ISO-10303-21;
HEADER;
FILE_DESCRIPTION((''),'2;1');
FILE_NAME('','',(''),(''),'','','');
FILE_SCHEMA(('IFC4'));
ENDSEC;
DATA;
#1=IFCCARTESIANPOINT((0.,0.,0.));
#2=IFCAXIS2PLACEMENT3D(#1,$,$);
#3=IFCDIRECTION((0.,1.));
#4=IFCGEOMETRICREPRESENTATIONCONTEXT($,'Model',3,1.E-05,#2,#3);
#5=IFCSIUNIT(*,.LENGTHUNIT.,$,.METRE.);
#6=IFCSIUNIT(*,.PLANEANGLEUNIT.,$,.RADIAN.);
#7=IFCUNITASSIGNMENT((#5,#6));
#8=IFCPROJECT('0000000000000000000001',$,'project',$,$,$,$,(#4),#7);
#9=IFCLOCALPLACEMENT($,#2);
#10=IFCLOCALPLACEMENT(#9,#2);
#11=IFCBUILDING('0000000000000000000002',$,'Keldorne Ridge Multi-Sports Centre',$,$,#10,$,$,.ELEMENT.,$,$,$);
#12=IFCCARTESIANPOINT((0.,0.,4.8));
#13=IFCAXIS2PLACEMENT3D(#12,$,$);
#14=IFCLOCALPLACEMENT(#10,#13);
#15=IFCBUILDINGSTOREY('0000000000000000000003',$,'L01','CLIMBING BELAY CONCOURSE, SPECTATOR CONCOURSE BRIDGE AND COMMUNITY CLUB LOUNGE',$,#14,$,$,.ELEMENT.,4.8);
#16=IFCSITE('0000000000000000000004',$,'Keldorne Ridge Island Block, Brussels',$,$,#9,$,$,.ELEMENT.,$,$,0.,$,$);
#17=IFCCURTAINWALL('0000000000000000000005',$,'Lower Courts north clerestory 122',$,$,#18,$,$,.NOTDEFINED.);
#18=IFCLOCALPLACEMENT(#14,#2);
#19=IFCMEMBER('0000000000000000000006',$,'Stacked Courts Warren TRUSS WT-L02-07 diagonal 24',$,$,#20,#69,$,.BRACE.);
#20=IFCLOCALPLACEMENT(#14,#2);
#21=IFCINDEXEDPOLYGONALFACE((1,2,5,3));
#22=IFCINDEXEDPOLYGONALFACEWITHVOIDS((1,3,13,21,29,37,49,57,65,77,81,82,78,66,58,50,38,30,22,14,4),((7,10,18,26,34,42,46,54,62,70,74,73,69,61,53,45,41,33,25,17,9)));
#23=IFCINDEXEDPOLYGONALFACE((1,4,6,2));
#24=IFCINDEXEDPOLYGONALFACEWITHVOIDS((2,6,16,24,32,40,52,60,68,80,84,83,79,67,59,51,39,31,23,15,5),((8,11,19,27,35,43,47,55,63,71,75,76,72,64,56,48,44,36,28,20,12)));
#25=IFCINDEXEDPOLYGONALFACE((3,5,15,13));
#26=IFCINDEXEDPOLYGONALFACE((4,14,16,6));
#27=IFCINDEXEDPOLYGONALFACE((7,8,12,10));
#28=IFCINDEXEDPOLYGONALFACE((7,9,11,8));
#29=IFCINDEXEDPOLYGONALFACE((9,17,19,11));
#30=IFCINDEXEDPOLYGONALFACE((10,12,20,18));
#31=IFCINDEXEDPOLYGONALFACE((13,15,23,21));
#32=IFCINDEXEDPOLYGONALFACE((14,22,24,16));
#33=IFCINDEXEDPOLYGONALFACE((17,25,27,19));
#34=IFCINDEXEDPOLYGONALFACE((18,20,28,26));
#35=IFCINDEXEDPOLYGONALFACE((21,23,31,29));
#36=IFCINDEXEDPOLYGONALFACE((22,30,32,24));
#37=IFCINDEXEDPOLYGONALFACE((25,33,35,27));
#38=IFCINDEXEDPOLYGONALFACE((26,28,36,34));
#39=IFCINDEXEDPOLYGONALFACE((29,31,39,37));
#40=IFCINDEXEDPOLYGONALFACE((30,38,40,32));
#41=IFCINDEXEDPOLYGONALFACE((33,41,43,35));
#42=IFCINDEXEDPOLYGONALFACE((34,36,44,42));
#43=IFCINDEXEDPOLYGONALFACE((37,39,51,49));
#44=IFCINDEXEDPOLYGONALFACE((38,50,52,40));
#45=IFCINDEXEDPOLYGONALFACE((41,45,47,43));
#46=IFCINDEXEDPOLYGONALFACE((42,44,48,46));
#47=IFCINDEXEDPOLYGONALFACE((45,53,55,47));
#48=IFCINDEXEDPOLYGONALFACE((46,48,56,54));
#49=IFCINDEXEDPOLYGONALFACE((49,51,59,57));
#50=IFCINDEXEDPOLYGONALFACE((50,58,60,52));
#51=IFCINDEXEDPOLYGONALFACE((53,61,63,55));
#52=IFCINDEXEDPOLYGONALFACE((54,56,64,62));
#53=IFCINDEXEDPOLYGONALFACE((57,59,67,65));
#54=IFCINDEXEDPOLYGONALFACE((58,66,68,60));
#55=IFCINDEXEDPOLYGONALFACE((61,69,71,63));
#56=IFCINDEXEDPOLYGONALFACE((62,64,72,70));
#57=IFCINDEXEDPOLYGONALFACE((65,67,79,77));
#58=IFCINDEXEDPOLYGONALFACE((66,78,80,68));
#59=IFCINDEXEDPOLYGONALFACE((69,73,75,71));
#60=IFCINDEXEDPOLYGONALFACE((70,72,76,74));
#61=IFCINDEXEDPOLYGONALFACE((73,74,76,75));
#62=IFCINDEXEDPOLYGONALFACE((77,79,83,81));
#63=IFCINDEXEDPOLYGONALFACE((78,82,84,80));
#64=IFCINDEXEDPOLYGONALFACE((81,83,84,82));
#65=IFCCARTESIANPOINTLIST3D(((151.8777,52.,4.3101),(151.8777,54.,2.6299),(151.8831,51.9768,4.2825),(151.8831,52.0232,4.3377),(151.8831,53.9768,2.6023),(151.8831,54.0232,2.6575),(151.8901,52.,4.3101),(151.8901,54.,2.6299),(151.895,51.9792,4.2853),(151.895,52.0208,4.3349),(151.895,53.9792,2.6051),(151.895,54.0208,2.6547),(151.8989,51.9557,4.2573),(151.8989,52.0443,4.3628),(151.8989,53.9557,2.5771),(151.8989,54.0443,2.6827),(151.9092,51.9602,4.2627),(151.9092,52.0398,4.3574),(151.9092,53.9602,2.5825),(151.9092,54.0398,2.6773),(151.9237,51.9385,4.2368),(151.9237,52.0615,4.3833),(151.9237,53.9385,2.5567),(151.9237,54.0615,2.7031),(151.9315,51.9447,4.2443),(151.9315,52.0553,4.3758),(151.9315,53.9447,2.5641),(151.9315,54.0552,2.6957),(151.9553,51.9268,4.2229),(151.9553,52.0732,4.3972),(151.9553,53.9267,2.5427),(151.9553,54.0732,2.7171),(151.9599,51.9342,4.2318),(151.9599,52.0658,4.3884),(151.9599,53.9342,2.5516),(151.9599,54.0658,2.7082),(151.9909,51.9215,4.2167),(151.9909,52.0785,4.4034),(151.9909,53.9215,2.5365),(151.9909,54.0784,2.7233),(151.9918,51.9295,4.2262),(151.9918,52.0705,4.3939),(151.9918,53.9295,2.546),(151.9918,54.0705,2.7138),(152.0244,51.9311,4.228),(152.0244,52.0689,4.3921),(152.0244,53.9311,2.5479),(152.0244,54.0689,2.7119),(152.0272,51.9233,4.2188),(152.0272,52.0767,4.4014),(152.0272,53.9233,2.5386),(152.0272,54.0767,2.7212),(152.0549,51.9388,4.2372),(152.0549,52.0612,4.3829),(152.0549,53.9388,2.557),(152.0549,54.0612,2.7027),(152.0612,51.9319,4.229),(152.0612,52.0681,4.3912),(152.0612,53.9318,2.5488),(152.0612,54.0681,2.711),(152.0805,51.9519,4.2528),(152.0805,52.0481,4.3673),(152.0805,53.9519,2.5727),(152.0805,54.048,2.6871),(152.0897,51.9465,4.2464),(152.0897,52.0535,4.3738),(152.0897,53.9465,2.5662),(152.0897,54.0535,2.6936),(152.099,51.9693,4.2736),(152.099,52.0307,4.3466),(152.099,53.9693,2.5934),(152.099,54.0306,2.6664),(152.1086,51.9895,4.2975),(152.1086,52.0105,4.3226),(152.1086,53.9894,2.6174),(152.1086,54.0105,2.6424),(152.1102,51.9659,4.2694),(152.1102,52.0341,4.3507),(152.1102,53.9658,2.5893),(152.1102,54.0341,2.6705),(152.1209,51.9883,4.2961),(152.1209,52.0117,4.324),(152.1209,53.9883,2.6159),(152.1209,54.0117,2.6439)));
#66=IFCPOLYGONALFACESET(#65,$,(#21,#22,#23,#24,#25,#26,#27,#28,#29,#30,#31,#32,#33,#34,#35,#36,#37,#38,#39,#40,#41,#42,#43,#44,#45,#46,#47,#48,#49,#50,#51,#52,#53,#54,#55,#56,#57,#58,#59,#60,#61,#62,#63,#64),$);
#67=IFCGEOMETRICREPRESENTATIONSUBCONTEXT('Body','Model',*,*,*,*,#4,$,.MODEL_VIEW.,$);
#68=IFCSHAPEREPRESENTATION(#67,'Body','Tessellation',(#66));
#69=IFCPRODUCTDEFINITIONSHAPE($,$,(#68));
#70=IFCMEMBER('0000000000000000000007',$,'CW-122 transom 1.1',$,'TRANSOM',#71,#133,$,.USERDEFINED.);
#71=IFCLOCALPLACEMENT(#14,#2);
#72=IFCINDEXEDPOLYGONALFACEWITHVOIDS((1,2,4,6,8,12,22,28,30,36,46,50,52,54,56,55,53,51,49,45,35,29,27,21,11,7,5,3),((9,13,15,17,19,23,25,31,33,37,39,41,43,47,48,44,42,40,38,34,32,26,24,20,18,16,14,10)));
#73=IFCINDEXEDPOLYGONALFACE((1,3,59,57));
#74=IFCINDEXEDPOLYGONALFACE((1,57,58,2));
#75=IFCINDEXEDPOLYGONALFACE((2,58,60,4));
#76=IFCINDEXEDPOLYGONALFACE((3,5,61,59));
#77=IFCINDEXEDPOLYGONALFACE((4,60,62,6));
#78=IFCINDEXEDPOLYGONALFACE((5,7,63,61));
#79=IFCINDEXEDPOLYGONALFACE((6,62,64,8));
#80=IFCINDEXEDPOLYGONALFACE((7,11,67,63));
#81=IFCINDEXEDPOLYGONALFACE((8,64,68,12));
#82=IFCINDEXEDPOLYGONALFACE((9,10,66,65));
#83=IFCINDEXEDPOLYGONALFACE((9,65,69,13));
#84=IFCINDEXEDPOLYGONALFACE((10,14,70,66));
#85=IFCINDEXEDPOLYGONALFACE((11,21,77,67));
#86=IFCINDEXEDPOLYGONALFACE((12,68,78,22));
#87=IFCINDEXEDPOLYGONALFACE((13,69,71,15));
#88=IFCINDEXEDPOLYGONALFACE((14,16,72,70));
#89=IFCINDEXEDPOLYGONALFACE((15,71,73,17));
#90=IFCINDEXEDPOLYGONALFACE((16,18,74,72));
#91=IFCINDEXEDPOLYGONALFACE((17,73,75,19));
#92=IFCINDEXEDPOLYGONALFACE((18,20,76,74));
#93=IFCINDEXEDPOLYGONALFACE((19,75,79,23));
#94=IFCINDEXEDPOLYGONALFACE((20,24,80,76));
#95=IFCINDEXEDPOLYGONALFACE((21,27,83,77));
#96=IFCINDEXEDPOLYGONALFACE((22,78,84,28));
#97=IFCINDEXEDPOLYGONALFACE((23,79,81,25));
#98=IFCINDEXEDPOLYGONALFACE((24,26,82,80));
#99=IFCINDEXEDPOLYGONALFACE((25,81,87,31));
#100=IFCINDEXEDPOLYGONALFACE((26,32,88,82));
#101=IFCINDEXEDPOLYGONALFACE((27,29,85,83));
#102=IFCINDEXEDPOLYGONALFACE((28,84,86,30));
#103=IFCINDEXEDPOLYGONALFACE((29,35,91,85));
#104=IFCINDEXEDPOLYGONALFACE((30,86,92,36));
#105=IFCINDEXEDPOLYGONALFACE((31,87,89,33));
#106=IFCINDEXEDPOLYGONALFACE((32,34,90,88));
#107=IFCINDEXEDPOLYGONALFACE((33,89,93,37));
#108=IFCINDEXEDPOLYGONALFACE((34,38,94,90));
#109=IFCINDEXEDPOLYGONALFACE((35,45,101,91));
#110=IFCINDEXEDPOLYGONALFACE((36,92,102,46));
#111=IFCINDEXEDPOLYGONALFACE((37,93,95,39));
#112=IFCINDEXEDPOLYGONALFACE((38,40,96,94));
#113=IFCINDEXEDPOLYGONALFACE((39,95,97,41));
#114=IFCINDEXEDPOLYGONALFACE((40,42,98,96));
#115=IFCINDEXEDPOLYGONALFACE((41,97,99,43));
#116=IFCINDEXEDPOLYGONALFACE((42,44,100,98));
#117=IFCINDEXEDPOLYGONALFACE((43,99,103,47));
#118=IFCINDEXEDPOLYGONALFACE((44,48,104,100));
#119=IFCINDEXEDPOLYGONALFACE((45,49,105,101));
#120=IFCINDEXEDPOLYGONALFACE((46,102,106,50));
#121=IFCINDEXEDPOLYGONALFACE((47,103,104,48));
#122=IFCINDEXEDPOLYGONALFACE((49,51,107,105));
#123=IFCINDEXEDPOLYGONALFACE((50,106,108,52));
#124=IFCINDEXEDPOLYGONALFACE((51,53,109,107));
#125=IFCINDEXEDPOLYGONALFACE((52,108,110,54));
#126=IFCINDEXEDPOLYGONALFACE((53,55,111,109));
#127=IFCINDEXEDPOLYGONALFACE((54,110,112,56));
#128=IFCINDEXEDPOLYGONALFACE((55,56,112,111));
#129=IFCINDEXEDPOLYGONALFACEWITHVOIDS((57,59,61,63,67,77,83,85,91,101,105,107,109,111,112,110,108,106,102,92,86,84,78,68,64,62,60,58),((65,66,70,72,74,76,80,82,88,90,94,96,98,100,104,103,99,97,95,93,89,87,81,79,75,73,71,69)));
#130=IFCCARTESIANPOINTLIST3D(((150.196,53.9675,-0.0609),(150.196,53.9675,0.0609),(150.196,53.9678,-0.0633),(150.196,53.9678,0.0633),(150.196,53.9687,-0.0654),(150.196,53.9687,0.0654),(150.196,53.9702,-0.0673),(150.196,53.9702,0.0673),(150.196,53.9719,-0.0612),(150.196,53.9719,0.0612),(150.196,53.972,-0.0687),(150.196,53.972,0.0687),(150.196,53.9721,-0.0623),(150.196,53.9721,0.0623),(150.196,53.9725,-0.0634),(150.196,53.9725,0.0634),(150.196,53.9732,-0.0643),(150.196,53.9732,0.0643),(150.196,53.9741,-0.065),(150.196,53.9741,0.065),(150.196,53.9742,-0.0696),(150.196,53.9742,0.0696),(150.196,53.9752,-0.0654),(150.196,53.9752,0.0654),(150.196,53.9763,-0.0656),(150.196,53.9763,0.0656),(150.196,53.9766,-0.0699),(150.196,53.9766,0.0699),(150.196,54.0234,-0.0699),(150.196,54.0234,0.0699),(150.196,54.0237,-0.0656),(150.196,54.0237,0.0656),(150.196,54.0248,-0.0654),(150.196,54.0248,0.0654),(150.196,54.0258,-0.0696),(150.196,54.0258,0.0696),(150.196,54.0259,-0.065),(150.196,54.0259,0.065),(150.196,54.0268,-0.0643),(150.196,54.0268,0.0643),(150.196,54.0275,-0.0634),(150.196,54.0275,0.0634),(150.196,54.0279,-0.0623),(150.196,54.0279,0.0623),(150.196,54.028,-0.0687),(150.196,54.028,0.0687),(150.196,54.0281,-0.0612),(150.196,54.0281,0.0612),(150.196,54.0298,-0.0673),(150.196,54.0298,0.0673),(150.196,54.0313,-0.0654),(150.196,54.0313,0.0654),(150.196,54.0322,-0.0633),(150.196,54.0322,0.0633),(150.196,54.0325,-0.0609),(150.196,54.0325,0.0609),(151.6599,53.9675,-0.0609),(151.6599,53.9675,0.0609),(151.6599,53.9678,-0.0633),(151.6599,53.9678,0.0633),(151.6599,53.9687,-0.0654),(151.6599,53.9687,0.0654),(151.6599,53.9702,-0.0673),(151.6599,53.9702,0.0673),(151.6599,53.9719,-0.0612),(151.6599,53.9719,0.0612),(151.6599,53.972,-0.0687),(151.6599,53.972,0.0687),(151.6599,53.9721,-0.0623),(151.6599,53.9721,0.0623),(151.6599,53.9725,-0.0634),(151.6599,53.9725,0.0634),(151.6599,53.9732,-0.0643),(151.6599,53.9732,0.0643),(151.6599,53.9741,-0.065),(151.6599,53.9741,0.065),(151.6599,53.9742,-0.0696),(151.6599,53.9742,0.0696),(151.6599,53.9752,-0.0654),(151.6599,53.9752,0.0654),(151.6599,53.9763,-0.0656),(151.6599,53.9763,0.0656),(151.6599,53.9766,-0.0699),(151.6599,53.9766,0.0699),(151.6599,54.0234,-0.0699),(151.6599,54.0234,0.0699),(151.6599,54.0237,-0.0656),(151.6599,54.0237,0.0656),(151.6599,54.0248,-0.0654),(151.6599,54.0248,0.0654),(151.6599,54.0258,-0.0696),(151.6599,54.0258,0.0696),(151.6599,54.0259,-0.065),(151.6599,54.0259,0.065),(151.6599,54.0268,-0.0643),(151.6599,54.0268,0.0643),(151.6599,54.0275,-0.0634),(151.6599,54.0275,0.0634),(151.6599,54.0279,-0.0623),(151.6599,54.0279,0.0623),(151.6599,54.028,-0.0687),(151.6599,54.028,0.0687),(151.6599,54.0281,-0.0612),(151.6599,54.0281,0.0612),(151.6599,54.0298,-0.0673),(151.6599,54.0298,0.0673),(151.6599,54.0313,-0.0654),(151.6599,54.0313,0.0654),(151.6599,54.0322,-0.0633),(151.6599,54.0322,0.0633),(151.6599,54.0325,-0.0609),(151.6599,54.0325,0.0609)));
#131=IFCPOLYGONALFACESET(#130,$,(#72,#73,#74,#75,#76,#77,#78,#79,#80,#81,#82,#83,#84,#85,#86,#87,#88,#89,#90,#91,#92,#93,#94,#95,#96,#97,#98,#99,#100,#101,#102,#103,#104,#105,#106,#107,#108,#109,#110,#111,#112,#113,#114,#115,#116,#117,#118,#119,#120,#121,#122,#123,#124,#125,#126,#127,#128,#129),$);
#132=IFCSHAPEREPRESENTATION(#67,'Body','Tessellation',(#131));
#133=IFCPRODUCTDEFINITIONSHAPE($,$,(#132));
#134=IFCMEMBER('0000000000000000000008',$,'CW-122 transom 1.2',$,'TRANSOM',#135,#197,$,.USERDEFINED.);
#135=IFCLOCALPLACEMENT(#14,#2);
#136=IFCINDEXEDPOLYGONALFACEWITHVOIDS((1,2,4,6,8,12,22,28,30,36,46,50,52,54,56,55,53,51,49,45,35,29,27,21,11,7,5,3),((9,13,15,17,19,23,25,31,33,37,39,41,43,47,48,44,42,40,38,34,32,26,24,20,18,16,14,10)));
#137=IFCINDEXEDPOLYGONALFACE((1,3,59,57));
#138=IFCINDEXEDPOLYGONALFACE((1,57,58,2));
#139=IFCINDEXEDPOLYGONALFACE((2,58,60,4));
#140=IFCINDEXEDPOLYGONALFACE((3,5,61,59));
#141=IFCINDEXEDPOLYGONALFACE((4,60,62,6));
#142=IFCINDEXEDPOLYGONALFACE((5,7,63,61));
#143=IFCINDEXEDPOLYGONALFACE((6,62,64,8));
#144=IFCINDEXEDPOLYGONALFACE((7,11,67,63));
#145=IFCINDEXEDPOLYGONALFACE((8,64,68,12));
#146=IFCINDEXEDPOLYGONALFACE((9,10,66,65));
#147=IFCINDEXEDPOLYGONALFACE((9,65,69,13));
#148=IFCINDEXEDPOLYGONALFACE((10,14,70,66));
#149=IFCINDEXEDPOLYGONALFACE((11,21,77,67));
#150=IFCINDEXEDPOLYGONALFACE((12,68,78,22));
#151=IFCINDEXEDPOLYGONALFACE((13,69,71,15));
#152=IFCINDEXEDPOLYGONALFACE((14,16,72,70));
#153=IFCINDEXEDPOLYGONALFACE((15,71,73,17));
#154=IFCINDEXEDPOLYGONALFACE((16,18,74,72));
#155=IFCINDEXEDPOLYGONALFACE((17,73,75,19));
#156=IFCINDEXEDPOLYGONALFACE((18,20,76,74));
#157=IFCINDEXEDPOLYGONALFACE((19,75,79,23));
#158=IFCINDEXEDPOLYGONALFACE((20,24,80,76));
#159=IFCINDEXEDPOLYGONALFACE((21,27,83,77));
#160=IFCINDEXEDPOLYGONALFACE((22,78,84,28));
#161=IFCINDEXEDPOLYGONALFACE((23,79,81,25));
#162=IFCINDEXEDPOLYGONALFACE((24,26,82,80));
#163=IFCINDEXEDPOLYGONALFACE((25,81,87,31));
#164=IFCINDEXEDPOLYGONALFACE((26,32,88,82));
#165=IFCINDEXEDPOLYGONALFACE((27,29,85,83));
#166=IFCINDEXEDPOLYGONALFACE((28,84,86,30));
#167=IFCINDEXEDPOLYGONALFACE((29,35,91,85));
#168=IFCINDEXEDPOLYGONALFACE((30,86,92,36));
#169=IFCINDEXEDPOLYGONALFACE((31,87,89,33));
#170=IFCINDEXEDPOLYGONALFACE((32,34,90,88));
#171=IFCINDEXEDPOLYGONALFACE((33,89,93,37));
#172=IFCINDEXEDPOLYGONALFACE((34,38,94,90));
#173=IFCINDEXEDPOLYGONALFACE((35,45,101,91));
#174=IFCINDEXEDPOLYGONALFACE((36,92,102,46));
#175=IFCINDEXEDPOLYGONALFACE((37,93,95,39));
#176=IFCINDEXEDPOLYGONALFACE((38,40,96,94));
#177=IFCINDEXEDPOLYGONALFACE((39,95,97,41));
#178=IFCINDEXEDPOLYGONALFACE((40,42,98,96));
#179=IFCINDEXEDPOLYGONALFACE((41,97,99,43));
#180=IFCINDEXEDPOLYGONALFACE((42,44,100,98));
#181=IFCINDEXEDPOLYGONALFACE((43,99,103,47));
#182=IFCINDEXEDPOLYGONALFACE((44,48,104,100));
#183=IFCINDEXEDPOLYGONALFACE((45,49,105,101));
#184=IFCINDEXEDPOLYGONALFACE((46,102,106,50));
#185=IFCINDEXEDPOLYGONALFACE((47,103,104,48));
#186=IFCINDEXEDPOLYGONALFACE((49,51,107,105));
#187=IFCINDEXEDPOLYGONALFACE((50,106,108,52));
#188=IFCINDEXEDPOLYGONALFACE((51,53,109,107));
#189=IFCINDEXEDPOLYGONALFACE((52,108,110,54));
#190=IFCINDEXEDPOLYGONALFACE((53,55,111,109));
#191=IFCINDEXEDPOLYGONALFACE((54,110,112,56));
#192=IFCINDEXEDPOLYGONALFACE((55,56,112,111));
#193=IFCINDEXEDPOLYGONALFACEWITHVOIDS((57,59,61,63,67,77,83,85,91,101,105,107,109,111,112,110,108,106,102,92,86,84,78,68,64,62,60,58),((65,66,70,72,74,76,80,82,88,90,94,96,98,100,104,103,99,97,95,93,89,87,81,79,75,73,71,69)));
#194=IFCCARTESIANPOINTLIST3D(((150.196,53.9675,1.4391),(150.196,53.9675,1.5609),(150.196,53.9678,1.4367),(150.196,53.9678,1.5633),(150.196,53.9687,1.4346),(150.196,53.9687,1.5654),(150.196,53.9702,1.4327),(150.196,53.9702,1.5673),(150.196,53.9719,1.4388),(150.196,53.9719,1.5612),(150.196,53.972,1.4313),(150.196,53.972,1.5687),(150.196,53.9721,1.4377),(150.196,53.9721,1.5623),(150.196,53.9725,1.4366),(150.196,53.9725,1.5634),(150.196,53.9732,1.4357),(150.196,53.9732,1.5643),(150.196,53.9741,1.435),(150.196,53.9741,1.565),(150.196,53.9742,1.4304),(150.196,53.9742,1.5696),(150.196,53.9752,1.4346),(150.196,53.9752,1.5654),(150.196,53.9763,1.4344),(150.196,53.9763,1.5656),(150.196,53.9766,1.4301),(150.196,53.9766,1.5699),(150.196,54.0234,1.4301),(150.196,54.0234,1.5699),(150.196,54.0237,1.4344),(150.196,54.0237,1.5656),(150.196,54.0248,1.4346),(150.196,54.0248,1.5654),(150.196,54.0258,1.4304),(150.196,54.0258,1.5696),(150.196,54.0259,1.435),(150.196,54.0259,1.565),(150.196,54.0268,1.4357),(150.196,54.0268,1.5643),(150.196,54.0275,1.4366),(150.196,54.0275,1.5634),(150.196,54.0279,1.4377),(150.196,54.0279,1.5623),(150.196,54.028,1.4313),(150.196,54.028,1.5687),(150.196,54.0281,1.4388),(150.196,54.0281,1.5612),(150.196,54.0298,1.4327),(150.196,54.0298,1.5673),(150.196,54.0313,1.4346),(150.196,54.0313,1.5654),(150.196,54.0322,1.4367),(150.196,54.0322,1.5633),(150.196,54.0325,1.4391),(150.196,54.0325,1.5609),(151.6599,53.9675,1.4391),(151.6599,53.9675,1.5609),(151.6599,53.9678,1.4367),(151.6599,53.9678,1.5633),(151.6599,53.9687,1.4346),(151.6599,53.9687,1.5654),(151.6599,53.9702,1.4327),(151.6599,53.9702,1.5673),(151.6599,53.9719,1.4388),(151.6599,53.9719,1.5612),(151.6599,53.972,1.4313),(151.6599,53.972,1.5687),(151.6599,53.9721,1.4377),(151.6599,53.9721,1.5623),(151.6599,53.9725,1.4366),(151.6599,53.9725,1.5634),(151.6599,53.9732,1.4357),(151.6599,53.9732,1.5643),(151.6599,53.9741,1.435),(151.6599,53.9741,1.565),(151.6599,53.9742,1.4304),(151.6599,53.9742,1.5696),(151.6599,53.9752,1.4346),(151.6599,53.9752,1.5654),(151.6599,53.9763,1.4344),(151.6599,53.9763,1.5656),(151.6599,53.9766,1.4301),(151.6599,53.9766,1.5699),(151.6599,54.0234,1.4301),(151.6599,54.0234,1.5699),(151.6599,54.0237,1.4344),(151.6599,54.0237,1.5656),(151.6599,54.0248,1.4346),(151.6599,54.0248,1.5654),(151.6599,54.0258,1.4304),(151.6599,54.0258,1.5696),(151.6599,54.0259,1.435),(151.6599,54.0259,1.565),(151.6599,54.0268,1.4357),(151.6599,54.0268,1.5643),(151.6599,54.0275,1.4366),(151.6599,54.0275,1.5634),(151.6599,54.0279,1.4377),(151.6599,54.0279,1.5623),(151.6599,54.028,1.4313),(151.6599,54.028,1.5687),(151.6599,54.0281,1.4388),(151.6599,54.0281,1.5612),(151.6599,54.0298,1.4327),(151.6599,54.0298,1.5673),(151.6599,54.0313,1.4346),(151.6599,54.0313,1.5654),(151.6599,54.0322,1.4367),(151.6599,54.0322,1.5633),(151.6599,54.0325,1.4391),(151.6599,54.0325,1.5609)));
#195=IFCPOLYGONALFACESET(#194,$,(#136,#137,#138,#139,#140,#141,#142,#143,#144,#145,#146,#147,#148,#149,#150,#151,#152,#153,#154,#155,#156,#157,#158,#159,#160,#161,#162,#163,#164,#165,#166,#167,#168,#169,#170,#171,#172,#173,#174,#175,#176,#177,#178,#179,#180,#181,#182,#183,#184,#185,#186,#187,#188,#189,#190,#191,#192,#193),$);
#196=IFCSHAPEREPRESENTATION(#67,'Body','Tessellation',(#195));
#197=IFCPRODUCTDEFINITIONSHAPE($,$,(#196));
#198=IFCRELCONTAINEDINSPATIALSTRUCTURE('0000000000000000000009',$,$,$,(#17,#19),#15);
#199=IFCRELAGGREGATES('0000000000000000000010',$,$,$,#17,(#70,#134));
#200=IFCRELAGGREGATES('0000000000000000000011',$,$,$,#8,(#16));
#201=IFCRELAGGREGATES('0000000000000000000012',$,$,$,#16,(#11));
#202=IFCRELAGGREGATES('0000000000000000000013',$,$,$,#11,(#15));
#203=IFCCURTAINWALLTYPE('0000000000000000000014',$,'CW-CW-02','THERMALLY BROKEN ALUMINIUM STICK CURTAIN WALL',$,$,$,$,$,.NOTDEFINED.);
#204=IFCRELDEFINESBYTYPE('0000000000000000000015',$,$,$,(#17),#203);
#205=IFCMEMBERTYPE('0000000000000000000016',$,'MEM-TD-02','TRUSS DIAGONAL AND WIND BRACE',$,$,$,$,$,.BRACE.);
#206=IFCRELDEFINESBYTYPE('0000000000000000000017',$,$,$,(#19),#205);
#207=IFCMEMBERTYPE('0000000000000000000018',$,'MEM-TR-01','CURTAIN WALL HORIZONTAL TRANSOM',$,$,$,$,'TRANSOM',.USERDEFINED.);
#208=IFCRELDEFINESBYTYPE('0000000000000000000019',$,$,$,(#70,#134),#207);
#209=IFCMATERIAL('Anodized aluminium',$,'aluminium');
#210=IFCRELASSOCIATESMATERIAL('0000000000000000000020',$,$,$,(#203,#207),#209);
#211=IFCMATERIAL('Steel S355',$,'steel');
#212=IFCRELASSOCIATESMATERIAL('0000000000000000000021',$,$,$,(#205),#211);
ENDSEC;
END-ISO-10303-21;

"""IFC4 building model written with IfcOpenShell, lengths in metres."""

from ifc_helpers import new_model, si_unit, direction, frame, origin, origin_2d, place, context, subcontext, project, spatial, hollow_rectangle, hollow_circle, extrude, material, material_profile, profile_set, type_object, element, aggregate, save


model = new_model("IFC4")

# Units and contexts
model_context = context("Model", 3, precision=1e-05, world=origin(), true_north=direction((0.0, 1.0)))
body_context = subcontext(model_context, "Body", "Model", "MODEL_VIEW")
ifc_project = project(units=[si_unit("LENGTHUNIT", "METRE"), si_unit("PLANEANGLEUNIT", "RADIAN")], contexts=[model_context])

# Site, building, storey
site_placement = place(None, origin())
site = spatial("IfcSite", under=ifc_project, at=site_placement, Name="Keldorne Ridge Island Block, Brussels", CompositionType="ELEMENT", RefElevation=0.0)
building_placement = place(site_placement, origin())
building = spatial("IfcBuilding", under=site, at=building_placement, Name="Keldorne Ridge Multi-Sports Centre", CompositionType="ELEMENT")
storey_placement = place(building_placement, frame((0.0, 0.0, 4.8)))
storey = spatial("IfcBuildingStorey", under=building, at=storey_placement, Name="L01", Description="CLIMBING BELAY CONCOURSE, SPECTATOR CONCOURSE BRIDGE AND COMMUNITY CLUB LOUNGE", CompositionType="ELEMENT", Elevation=4.8)

# Shared definitions
ifc_material_1 = material(Name="Steel S355", Category="steel")

# Curtain wall
ifc_material_2 = material(Name="Anodized aluminium", Category="aluminium")
curtain_wall_type_1 = type_object("IfcCurtainWallType", Name="CW-CW-02", Description="THERMALLY BROKEN ALUMINIUM STICK CURTAIN WALL", PredefinedType="NOTDEFINED", material=ifc_material_2)
curtain_wall_1_placement = place(storey_placement, origin())
curtain_wall_1 = element("IfcCurtainWall", 1, at=curtain_wall_1_placement, inside=storey, type_object=curtain_wall_type_1, Name="Lower Courts north clerestory 122", PredefinedType="NOTDEFINED")

# Member
ifc_material_profile_1 = material_profile(ifc_material_1, hollow_circle(Radius=0.1223, WallThickness=0.0125, at=origin_2d()), Name="CHS 244.5x12.5")
ifc_profile_set_1 = profile_set([ifc_material_profile_1], Name="Steel S355")
member_type_1 = type_object("IfcMemberType", Name="MEM-TD-02", Description="TRUSS DIAGONAL AND WIND BRACE", PredefinedType="BRACE", material=ifc_profile_set_1)
for number, where, z_axis, x_axis, name in (
    (2, (152.0, 52.0, 4.3101), (0.0, 0.765672, -0.643232), (-1.0, 0.0, 0.0), "Stacked Courts Warren TRUSS WT-L02-07 diagonal 24"),
):
    element("IfcMember", number, at=place(storey_placement, frame(where, z_axis=z_axis, x_axis=x_axis)), inside=storey, type_object=member_type_1, Name=name, PredefinedType="BRACE", context=body_context, shape_type="SweptSolid", body=[
        extrude(hollow_circle(Radius=0.1223, WallThickness=0.0125, at=origin_2d()), origin(), (0.0, 0.0, 1.0), 2.6121),
    ])

# Members
ifc_material_profile_2 = material_profile(ifc_material_2, hollow_rectangle(XDim=0.0649, YDim=0.1399, WallThickness=0.0044, InnerFilletRadius=0.0044, OuterFilletRadius=0.009, at=origin_2d()), Name="ALU TRANSOM 140x65x4.5")
ifc_profile_set_2 = profile_set([ifc_material_profile_2], Name="Anodized aluminium")
member_type_2 = type_object("IfcMemberType", Name="MEM-TR-01", Description="CURTAIN WALL HORIZONTAL TRANSOM", ElementType="TRANSOM", PredefinedType="USERDEFINED", material=ifc_profile_set_2)
member_1_placement = place(storey_placement, frame((151.6599, 54.0, 0.0), z_axis=(-1.0, 0.0, 0.0), x_axis=(0.0, -1.0, 0.0)))
member_1 = element("IfcMember", 3, at=member_1_placement, type_object=member_type_2, Name="CW-122 transom 1.1", ObjectType="TRANSOM", PredefinedType="USERDEFINED", context=body_context, shape_type="SweptSolid", body=[
    extrude(hollow_rectangle(XDim=0.0649, YDim=0.1399, WallThickness=0.0044, InnerFilletRadius=0.0044, OuterFilletRadius=0.009, at=origin_2d()), origin(), (0.0, 0.0, 1.0), 1.4639),
])
member_2_placement = place(storey_placement, frame((151.6599, 54.0, 1.5), z_axis=(-1.0, 0.0, 0.0), x_axis=(0.0, -1.0, 0.0)))
member_2 = element("IfcMember", 4, at=member_2_placement, type_object=member_type_2, Name="CW-122 transom 1.2", ObjectType="TRANSOM", PredefinedType="USERDEFINED", context=body_context, shape_type="SweptSolid", body=[
    extrude(hollow_rectangle(XDim=0.0649, YDim=0.1399, WallThickness=0.0044, InnerFilletRadius=0.0044, OuterFilletRadius=0.009, at=origin_2d()), origin(), (0.0, 0.0, 1.0), 1.4639),
])

aggregate(curtain_wall_1, [member_1, member_2])

save(model, "model.ifc")
